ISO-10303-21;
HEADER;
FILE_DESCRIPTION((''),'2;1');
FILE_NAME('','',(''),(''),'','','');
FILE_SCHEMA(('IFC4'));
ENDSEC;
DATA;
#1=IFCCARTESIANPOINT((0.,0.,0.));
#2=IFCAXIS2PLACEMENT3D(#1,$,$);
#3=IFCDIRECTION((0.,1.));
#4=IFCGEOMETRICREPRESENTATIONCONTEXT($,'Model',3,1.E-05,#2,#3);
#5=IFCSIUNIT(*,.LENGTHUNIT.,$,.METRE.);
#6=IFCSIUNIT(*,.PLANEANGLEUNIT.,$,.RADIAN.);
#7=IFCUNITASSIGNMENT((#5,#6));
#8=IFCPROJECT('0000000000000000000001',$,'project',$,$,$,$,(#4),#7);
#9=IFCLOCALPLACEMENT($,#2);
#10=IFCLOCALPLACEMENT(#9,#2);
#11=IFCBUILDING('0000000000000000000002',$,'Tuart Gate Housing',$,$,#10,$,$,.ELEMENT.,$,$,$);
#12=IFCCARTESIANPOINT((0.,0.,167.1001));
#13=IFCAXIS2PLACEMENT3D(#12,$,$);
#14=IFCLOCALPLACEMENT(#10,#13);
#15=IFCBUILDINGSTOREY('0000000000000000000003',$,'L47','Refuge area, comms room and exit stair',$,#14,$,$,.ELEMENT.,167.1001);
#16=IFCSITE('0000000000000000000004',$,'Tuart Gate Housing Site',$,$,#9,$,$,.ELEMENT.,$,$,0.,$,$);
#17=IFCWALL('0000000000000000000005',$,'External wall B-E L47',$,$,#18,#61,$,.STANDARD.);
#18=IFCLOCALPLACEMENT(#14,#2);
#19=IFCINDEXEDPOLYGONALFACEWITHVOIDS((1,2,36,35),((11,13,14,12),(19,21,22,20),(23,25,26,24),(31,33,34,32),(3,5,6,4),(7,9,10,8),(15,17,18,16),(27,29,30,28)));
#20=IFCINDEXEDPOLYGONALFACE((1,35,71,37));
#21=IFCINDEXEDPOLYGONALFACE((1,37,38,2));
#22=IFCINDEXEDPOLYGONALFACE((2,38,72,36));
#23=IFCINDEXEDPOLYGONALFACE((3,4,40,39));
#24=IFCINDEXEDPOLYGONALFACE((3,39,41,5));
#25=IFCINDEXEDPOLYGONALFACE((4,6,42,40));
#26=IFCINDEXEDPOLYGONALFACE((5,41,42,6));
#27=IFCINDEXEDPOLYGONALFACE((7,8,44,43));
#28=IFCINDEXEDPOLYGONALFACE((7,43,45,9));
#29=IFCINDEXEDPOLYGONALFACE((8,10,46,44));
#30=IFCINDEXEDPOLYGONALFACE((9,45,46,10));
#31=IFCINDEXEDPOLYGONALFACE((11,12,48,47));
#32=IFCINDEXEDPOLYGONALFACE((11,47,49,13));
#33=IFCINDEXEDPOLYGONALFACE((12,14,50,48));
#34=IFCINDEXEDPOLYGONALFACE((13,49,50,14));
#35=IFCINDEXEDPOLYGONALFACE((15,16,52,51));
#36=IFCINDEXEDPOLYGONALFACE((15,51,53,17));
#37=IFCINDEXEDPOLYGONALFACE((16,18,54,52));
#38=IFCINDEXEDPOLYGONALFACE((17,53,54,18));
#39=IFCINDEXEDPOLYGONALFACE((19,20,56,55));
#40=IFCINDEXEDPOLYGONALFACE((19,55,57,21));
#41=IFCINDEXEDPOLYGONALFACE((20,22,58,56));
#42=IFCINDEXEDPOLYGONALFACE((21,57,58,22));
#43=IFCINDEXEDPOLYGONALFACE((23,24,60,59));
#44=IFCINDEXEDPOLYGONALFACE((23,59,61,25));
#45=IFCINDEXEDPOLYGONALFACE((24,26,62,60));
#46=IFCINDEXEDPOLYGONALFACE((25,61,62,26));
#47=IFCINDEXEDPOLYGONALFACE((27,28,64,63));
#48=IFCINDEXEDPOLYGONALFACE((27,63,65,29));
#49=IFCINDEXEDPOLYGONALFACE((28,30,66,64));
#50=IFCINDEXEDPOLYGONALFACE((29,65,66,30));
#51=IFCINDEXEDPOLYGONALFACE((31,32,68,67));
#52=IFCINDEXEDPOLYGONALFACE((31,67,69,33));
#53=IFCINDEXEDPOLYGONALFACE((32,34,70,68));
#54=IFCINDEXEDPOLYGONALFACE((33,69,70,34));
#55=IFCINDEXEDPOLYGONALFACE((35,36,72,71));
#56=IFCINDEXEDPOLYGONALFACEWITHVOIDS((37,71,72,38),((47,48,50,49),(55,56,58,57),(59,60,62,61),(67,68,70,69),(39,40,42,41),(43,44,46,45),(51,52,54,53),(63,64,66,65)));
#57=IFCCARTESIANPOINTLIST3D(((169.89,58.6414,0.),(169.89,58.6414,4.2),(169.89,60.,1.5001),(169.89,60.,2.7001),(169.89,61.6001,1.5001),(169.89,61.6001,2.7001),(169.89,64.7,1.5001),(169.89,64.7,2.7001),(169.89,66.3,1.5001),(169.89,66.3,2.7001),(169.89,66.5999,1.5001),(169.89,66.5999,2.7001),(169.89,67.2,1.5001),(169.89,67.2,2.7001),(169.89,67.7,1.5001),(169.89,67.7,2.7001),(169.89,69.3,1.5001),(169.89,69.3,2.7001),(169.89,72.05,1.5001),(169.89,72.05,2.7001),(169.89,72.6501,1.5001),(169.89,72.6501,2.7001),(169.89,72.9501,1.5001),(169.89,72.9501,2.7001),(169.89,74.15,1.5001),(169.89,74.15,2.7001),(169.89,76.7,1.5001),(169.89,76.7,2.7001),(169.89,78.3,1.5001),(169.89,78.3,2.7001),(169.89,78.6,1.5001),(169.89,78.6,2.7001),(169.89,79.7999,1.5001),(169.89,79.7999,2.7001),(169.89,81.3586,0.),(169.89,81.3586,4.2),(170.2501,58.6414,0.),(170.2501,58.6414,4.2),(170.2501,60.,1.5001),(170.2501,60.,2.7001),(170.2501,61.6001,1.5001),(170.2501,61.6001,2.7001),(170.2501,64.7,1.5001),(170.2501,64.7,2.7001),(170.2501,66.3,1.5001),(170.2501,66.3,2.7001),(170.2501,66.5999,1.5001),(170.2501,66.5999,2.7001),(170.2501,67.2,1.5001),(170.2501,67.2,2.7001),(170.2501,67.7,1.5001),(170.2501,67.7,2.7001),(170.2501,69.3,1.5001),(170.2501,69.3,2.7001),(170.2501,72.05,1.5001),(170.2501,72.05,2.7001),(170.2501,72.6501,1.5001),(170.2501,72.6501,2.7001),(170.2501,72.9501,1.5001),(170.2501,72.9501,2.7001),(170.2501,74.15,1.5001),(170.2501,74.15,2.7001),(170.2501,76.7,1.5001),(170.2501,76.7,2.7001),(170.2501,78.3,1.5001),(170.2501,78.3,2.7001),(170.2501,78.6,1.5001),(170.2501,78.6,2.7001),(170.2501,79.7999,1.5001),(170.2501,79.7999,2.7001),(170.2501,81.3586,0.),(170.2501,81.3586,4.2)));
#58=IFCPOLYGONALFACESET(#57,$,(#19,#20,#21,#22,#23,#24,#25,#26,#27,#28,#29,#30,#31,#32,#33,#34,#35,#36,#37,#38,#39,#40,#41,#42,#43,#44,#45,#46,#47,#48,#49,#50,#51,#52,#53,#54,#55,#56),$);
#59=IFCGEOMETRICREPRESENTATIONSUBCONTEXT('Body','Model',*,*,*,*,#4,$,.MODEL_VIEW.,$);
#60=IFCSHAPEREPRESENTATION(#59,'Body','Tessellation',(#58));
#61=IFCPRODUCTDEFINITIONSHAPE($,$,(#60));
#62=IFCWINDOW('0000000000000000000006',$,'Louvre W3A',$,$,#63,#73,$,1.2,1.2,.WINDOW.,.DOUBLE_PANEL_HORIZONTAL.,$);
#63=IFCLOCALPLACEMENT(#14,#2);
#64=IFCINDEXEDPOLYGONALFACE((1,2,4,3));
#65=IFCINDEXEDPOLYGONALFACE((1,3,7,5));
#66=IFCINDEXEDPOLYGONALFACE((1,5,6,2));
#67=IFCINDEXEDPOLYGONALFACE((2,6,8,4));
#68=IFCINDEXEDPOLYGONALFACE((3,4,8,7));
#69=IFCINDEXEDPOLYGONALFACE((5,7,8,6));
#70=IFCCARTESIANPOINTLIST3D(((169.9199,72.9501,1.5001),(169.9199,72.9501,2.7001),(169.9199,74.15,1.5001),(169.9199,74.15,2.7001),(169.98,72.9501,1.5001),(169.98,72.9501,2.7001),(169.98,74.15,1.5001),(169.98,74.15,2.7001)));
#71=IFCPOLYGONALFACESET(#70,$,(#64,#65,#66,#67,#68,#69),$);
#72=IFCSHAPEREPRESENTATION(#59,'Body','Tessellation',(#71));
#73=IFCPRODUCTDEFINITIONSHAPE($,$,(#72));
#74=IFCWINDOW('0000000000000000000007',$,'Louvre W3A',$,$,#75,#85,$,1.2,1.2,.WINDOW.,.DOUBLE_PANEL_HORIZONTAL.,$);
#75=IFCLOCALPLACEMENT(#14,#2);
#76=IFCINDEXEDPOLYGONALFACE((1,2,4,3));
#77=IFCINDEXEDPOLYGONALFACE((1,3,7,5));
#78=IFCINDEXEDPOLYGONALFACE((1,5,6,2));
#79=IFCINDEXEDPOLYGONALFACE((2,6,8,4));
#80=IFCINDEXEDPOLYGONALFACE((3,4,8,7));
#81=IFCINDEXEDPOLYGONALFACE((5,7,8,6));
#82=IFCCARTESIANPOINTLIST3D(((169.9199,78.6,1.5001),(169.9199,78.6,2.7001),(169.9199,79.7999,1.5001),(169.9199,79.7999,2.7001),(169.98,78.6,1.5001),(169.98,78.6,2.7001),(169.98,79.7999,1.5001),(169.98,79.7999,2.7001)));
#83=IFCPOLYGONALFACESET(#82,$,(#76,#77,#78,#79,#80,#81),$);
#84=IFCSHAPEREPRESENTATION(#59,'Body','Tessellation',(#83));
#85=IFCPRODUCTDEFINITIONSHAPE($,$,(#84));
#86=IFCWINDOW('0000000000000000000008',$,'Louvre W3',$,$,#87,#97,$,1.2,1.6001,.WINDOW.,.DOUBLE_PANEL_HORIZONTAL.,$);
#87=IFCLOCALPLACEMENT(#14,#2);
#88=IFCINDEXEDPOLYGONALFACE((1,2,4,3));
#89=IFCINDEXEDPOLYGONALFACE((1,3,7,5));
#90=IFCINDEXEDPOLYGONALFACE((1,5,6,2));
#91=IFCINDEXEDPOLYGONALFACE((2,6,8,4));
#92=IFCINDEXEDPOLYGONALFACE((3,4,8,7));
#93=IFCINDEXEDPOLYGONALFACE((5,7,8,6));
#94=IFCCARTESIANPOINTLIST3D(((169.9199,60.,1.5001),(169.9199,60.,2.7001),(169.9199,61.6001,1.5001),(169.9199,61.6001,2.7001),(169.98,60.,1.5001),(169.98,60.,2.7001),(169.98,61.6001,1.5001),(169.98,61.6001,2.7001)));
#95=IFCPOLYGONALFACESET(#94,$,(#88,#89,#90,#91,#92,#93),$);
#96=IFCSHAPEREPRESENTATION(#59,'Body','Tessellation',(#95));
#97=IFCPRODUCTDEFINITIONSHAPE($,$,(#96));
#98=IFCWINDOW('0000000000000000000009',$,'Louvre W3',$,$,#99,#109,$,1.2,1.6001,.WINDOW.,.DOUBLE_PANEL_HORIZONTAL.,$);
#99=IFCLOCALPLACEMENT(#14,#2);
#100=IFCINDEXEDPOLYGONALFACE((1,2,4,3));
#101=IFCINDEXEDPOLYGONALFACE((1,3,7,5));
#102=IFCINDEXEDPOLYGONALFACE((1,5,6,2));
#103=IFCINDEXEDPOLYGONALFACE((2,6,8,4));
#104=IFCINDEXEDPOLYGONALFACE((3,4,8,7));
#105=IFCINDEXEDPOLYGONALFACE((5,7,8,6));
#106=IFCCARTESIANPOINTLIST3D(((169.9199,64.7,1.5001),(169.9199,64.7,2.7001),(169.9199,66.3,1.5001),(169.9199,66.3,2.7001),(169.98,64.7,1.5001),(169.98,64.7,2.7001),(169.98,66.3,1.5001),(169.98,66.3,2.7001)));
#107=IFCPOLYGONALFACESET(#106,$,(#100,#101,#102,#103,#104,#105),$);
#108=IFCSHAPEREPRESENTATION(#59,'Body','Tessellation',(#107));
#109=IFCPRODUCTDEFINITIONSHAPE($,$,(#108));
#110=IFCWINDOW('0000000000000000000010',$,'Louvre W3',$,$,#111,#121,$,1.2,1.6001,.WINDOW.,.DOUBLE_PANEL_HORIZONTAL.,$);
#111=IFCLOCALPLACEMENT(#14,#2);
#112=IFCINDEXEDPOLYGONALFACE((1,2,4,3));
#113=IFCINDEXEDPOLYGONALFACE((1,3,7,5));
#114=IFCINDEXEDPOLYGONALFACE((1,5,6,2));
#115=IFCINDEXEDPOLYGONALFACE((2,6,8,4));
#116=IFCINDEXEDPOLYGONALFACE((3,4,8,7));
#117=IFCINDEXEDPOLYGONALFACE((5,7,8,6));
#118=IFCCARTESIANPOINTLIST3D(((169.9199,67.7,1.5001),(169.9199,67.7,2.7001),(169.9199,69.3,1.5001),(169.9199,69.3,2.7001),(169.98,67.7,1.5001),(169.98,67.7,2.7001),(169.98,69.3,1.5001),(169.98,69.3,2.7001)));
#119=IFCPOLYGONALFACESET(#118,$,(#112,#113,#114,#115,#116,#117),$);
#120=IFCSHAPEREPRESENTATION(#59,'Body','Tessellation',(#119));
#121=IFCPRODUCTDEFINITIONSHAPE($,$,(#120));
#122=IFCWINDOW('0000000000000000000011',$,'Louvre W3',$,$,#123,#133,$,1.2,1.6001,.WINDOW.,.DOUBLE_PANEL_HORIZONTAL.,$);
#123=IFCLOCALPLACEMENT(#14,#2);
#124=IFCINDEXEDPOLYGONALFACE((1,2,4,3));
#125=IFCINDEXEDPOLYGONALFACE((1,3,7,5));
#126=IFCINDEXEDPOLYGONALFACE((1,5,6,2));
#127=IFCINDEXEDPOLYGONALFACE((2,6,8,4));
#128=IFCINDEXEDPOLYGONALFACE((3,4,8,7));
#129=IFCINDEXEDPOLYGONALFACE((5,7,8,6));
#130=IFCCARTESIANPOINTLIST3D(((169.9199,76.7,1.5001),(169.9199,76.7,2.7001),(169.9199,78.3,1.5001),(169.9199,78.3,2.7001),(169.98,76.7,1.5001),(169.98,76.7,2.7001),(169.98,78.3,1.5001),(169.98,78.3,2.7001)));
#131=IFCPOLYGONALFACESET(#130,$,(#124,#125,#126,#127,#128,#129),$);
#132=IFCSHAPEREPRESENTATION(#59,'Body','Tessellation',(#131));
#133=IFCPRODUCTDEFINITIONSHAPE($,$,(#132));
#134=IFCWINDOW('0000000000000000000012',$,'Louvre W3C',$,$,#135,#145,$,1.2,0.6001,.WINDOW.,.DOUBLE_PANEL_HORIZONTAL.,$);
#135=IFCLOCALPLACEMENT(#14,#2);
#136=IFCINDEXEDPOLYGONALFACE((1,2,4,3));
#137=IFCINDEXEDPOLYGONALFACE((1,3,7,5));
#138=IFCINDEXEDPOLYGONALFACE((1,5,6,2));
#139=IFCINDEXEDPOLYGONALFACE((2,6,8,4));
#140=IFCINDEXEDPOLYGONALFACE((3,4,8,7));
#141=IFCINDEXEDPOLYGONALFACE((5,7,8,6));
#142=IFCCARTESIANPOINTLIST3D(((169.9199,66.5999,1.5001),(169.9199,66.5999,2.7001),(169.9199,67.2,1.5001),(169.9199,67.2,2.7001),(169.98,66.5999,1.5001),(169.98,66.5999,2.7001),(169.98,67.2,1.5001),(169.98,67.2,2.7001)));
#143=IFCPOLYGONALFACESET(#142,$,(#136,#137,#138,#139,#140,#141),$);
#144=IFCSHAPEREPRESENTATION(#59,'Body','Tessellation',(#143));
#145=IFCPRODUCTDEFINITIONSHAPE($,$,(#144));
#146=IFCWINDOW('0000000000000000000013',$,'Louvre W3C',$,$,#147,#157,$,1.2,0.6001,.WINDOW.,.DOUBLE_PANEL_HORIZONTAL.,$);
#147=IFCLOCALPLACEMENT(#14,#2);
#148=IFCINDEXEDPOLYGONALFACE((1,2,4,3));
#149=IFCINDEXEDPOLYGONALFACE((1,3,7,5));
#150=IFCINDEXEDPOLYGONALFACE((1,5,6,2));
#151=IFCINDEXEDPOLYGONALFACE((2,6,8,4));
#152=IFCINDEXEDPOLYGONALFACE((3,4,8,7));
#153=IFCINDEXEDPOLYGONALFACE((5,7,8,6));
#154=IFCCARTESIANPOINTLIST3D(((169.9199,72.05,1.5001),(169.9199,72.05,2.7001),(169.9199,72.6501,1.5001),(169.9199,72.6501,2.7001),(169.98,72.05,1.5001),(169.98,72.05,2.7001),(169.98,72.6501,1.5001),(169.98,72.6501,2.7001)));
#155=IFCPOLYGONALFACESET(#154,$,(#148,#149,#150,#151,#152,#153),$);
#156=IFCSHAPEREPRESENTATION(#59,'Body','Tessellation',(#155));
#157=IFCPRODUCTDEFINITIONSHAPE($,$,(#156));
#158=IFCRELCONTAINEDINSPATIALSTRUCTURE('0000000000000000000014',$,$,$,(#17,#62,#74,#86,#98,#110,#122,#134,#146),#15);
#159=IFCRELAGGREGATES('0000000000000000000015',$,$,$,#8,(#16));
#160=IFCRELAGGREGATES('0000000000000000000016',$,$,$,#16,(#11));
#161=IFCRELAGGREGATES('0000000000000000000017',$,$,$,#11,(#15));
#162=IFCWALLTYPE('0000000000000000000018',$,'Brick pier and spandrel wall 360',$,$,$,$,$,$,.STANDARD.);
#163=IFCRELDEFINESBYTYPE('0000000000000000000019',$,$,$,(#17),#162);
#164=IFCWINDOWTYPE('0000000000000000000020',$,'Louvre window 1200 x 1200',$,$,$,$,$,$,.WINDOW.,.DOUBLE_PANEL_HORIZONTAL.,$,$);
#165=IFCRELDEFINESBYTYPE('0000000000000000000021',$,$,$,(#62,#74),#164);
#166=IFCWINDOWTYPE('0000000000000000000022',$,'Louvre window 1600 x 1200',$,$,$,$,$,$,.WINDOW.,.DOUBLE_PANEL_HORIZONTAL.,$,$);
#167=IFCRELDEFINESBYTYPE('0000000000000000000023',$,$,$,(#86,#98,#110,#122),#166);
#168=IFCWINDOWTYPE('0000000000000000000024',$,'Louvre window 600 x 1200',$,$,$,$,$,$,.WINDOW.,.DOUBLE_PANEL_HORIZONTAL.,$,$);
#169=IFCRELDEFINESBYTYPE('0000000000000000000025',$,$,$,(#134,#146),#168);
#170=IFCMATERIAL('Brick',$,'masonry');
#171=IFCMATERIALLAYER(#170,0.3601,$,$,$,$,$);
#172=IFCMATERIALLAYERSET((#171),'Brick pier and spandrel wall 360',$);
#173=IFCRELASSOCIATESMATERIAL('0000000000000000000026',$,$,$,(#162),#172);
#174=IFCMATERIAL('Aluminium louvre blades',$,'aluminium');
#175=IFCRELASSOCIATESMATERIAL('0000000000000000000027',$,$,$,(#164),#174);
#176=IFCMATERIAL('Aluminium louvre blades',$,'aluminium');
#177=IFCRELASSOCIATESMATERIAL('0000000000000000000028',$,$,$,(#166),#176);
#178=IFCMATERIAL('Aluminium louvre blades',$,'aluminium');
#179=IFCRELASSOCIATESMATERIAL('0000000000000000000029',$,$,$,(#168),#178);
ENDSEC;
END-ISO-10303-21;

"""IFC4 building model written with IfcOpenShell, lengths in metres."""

from ifc_helpers import new_model, si_unit, direction, frame, frame_2d, origin, place, context, subcontext, project, spatial, rectangle, extrude, material, layer, layer_set, type_object, element, fill, save


model = new_model("IFC4")

# Units and contexts
model_context = context("Model", 3, precision=1e-05, world=origin(), true_north=direction((0.0, 1.0)))
body_context = subcontext(model_context, "Body", "Model", "MODEL_VIEW")
ifc_project = project(units=[si_unit("LENGTHUNIT", "METRE"), si_unit("PLANEANGLEUNIT", "RADIAN")], contexts=[model_context])

# Site, building, storey
site_placement = place(None, origin())
site = spatial("IfcSite", under=ifc_project, at=site_placement, Name="Tuart Gate Housing Site", CompositionType="ELEMENT", RefElevation=0.0)
building_placement = place(site_placement, origin())
building = spatial("IfcBuilding", under=site, at=building_placement, Name="Tuart Gate Housing", CompositionType="ELEMENT")
storey_placement = place(building_placement, frame((0.0, 0.0, 167.1001)))
storey = spatial("IfcBuildingStorey", under=building, at=storey_placement, Name="L47", Description="Refuge area, comms room and exit stair", CompositionType="ELEMENT", Elevation=167.1001)

# Wall, openings, windows
ifc_material_1 = material(Name="Brick", Category="masonry")
ifc_layer_1 = layer(ifc_material_1, 0.3601)
ifc_layer_set_1 = layer_set([ifc_layer_1], Name="Brick pier and spandrel wall 360")
wall_type_1 = type_object("IfcWallType", Name="Brick pier and spandrel wall 360", PredefinedType="STANDARD", material=ifc_layer_set_1)
wall_1_placement = place(storey_placement, frame((170.0701, 58.6414, 0.0), z_axis=(0.0, 0.0, 1.0), x_axis=(0.0, 1.0, 0.0)))
wall_1 = element("IfcWall", 1, at=wall_1_placement, inside=storey, type_object=wall_type_1, Name="External wall B-E L47", PredefinedType="STANDARD", context=body_context, shape_type="SweptSolid", body=[
    extrude(rectangle(XDim=22.7173, YDim=0.3601, at=frame_2d((11.3586, 0.0))), origin(), (0.0, 0.0, 1.0), 4.2),
])
opening_1_placement = place(wall_1_placement, frame((1.3586, 0.0, 1.5)))
opening_1 = element("IfcOpeningElement", 2, at=opening_1_placement, cuts=wall_1, PredefinedType="OPENING", context=body_context, shape_type="SweptSolid", body=[
    extrude(rectangle(XDim=1.6001, YDim=1.2, at=frame_2d((0.8, 0.6001))), frame((0.0, 0.1899, 0.0), z_axis=(0.0, -1.0, 0.0), x_axis=(1.0, 0.0, 0.0)), (0.0, 0.0, 1.0), 0.3801),
])
opening_2_placement = place(wall_1_placement, frame((7.9585, 0.0, 1.5)))
opening_2 = element("IfcOpeningElement", 3, at=opening_2_placement, cuts=wall_1, PredefinedType="OPENING", context=body_context, shape_type="SweptSolid", body=[
    extrude(rectangle(XDim=0.6001, YDim=1.2, at=frame_2d((0.3, 0.6001))), frame((0.0, 0.1899, 0.0), z_axis=(0.0, -1.0, 0.0), x_axis=(1.0, 0.0, 0.0)), (0.0, 0.0, 1.0), 0.3801),
])
opening_3_placement = place(wall_1_placement, frame((6.0586, 0.0, 1.5)))
opening_3 = element("IfcOpeningElement", 4, at=opening_3_placement, cuts=wall_1, PredefinedType="OPENING", context=body_context, shape_type="SweptSolid", body=[
    extrude(rectangle(XDim=1.6001, YDim=1.2, at=frame_2d((0.8, 0.6001))), frame((0.0, 0.1899, 0.0), z_axis=(0.0, -1.0, 0.0), x_axis=(1.0, 0.0, 0.0)), (0.0, 0.0, 1.0), 0.3801),
])
opening_4_placement = place(wall_1_placement, frame((9.0586, 0.0, 1.5)))
opening_4 = element("IfcOpeningElement", 5, at=opening_4_placement, cuts=wall_1, PredefinedType="OPENING", context=body_context, shape_type="SweptSolid", body=[
    extrude(rectangle(XDim=1.6001, YDim=1.2, at=frame_2d((0.8, 0.6001))), frame((0.0, 0.1899, 0.0), z_axis=(0.0, -1.0, 0.0), x_axis=(1.0, 0.0, 0.0)), (0.0, 0.0, 1.0), 0.3801),
])
opening_5_placement = place(wall_1_placement, frame((13.4087, 0.0, 1.5)))
opening_5 = element("IfcOpeningElement", 6, at=opening_5_placement, cuts=wall_1, PredefinedType="OPENING", context=body_context, shape_type="SweptSolid", body=[
    extrude(rectangle(XDim=0.6001, YDim=1.2, at=frame_2d((0.3, 0.6001))), frame((0.0, 0.1899, 0.0), z_axis=(0.0, -1.0, 0.0), x_axis=(1.0, 0.0, 0.0)), (0.0, 0.0, 1.0), 0.3801),
])
opening_6_placement = place(wall_1_placement, frame((14.3086, 0.0, 1.5)))
opening_6 = element("IfcOpeningElement", 7, at=opening_6_placement, cuts=wall_1, PredefinedType="OPENING", context=body_context, shape_type="SweptSolid", body=[
    extrude(rectangle(XDim=1.2, YDim=1.2, at=frame_2d((0.6001, 0.6001))), frame((0.0, 0.1899, 0.0), z_axis=(0.0, -1.0, 0.0), x_axis=(1.0, 0.0, 0.0)), (0.0, 0.0, 1.0), 0.3801),
])
opening_7_placement = place(wall_1_placement, frame((18.0586, 0.0, 1.5)))
opening_7 = element("IfcOpeningElement", 8, at=opening_7_placement, cuts=wall_1, PredefinedType="OPENING", context=body_context, shape_type="SweptSolid", body=[
    extrude(rectangle(XDim=1.6001, YDim=1.2, at=frame_2d((0.8, 0.6001))), frame((0.0, 0.1899, 0.0), z_axis=(0.0, -1.0, 0.0), x_axis=(1.0, 0.0, 0.0)), (0.0, 0.0, 1.0), 0.3801),
])
opening_8_placement = place(wall_1_placement, frame((19.9585, 0.0, 1.5)))
opening_8 = element("IfcOpeningElement", 9, at=opening_8_placement, cuts=wall_1, PredefinedType="OPENING", context=body_context, shape_type="SweptSolid", body=[
    extrude(rectangle(XDim=1.2, YDim=1.2, at=frame_2d((0.6001, 0.6001))), frame((0.0, 0.1899, 0.0), z_axis=(0.0, -1.0, 0.0), x_axis=(1.0, 0.0, 0.0)), (0.0, 0.0, 1.0), 0.3801),
])
ifc_material_2 = material(Name="Aluminium louvre blades", Category="aluminium")
window_type_1 = type_object("IfcWindowType", Name="Louvre window 1200 x 1200", PartitioningType="DOUBLE_PANEL_HORIZONTAL", PredefinedType="WINDOW", material=ifc_material_2)
window_1_placement = place(opening_6_placement, origin())
window_1 = element("IfcWindow", 10, at=window_1_placement, inside=storey, type_object=window_type_1, Name="Louvre W3A", OverallHeight=1.2, OverallWidth=1.2, PartitioningType="DOUBLE_PANEL_HORIZONTAL", PredefinedType="WINDOW", context=body_context, shape_type="SweptSolid", body=[
    extrude(rectangle(XDim=1.2, YDim=1.2, at=frame_2d((0.6001, 0.6001))), frame((0.0, 0.1501, 0.0), z_axis=(0.0, -1.0, 0.0), x_axis=(1.0, 0.0, 0.0)), (0.0, 0.0, 1.0), 0.0601),
])
fill(opening_6, window_1)
window_2_placement = place(opening_8_placement, origin())
window_2 = element("IfcWindow", 11, at=window_2_placement, inside=storey, type_object=window_type_1, Name="Louvre W3A", OverallHeight=1.2, OverallWidth=1.2, PartitioningType="DOUBLE_PANEL_HORIZONTAL", PredefinedType="WINDOW", context=body_context, shape_type="SweptSolid", body=[
    extrude(rectangle(XDim=1.2, YDim=1.2, at=frame_2d((0.6001, 0.6001))), frame((0.0, 0.1501, 0.0), z_axis=(0.0, -1.0, 0.0), x_axis=(1.0, 0.0, 0.0)), (0.0, 0.0, 1.0), 0.0601),
])
fill(opening_8, window_2)
ifc_material_3 = material(Name="Aluminium louvre blades", Category="aluminium")
window_type_2 = type_object("IfcWindowType", Name="Louvre window 1600 x 1200", PartitioningType="DOUBLE_PANEL_HORIZONTAL", PredefinedType="WINDOW", material=ifc_material_3)
window_3_placement = place(opening_1_placement, origin())
window_3 = element("IfcWindow", 12, at=window_3_placement, inside=storey, type_object=window_type_2, Name="Louvre W3", OverallHeight=1.2, OverallWidth=1.6001, PartitioningType="DOUBLE_PANEL_HORIZONTAL", PredefinedType="WINDOW", context=body_context, shape_type="SweptSolid", body=[
    extrude(rectangle(XDim=1.6001, YDim=1.2, at=frame_2d((0.8, 0.6001))), frame((0.0, 0.1501, 0.0), z_axis=(0.0, -1.0, 0.0), x_axis=(1.0, 0.0, 0.0)), (0.0, 0.0, 1.0), 0.0601),
])
fill(opening_1, window_3)
window_4_placement = place(opening_3_placement, origin())
window_4 = element("IfcWindow", 13, at=window_4_placement, inside=storey, type_object=window_type_2, Name="Louvre W3", OverallHeight=1.2, OverallWidth=1.6001, PartitioningType="DOUBLE_PANEL_HORIZONTAL", PredefinedType="WINDOW", context=body_context, shape_type="SweptSolid", body=[
    extrude(rectangle(XDim=1.6001, YDim=1.2, at=frame_2d((0.8, 0.6001))), frame((0.0, 0.1501, 0.0), z_axis=(0.0, -1.0, 0.0), x_axis=(1.0, 0.0, 0.0)), (0.0, 0.0, 1.0), 0.0601),
])
fill(opening_3, window_4)
window_5_placement = place(opening_4_placement, origin())
window_5 = element("IfcWindow", 14, at=window_5_placement, inside=storey, type_object=window_type_2, Name="Louvre W3", OverallHeight=1.2, OverallWidth=1.6001, PartitioningType="DOUBLE_PANEL_HORIZONTAL", PredefinedType="WINDOW", context=body_context, shape_type="SweptSolid", body=[
    extrude(rectangle(XDim=1.6001, YDim=1.2, at=frame_2d((0.8, 0.6001))), frame((0.0, 0.1501, 0.0), z_axis=(0.0, -1.0, 0.0), x_axis=(1.0, 0.0, 0.0)), (0.0, 0.0, 1.0), 0.0601),
])
fill(opening_4, window_5)
window_6_placement = place(opening_7_placement, origin())
window_6 = element("IfcWindow", 15, at=window_6_placement, inside=storey, type_object=window_type_2, Name="Louvre W3", OverallHeight=1.2, OverallWidth=1.6001, PartitioningType="DOUBLE_PANEL_HORIZONTAL", PredefinedType="WINDOW", context=body_context, shape_type="SweptSolid", body=[
    extrude(rectangle(XDim=1.6001, YDim=1.2, at=frame_2d((0.8, 0.6001))), frame((0.0, 0.1501, 0.0), z_axis=(0.0, -1.0, 0.0), x_axis=(1.0, 0.0, 0.0)), (0.0, 0.0, 1.0), 0.0601),
])
fill(opening_7, window_6)
ifc_material_4 = material(Name="Aluminium louvre blades", Category="aluminium")
window_type_3 = type_object("IfcWindowType", Name="Louvre window 600 x 1200", PartitioningType="DOUBLE_PANEL_HORIZONTAL", PredefinedType="WINDOW", material=ifc_material_4)
window_7_placement = place(opening_2_placement, origin())
window_7 = element("IfcWindow", 16, at=window_7_placement, inside=storey, type_object=window_type_3, Name="Louvre W3C", OverallHeight=1.2, OverallWidth=0.6001, PartitioningType="DOUBLE_PANEL_HORIZONTAL", PredefinedType="WINDOW", context=body_context, shape_type="SweptSolid", body=[
    extrude(rectangle(XDim=0.6001, YDim=1.2, at=frame_2d((0.3, 0.6001))), frame((0.0, 0.1501, 0.0), z_axis=(0.0, -1.0, 0.0), x_axis=(1.0, 0.0, 0.0)), (0.0, 0.0, 1.0), 0.0601),
])
fill(opening_2, window_7)
window_8_placement = place(opening_5_placement, origin())
window_8 = element("IfcWindow", 17, at=window_8_placement, inside=storey, type_object=window_type_3, Name="Louvre W3C", OverallHeight=1.2, OverallWidth=0.6001, PartitioningType="DOUBLE_PANEL_HORIZONTAL", PredefinedType="WINDOW", context=body_context, shape_type="SweptSolid", body=[
    extrude(rectangle(XDim=0.6001, YDim=1.2, at=frame_2d((0.3, 0.6001))), frame((0.0, 0.1501, 0.0), z_axis=(0.0, -1.0, 0.0), x_axis=(1.0, 0.0, 0.0)), (0.0, 0.0, 1.0), 0.0601),
])
fill(opening_5, window_8)

save(model, "model.ifc")
